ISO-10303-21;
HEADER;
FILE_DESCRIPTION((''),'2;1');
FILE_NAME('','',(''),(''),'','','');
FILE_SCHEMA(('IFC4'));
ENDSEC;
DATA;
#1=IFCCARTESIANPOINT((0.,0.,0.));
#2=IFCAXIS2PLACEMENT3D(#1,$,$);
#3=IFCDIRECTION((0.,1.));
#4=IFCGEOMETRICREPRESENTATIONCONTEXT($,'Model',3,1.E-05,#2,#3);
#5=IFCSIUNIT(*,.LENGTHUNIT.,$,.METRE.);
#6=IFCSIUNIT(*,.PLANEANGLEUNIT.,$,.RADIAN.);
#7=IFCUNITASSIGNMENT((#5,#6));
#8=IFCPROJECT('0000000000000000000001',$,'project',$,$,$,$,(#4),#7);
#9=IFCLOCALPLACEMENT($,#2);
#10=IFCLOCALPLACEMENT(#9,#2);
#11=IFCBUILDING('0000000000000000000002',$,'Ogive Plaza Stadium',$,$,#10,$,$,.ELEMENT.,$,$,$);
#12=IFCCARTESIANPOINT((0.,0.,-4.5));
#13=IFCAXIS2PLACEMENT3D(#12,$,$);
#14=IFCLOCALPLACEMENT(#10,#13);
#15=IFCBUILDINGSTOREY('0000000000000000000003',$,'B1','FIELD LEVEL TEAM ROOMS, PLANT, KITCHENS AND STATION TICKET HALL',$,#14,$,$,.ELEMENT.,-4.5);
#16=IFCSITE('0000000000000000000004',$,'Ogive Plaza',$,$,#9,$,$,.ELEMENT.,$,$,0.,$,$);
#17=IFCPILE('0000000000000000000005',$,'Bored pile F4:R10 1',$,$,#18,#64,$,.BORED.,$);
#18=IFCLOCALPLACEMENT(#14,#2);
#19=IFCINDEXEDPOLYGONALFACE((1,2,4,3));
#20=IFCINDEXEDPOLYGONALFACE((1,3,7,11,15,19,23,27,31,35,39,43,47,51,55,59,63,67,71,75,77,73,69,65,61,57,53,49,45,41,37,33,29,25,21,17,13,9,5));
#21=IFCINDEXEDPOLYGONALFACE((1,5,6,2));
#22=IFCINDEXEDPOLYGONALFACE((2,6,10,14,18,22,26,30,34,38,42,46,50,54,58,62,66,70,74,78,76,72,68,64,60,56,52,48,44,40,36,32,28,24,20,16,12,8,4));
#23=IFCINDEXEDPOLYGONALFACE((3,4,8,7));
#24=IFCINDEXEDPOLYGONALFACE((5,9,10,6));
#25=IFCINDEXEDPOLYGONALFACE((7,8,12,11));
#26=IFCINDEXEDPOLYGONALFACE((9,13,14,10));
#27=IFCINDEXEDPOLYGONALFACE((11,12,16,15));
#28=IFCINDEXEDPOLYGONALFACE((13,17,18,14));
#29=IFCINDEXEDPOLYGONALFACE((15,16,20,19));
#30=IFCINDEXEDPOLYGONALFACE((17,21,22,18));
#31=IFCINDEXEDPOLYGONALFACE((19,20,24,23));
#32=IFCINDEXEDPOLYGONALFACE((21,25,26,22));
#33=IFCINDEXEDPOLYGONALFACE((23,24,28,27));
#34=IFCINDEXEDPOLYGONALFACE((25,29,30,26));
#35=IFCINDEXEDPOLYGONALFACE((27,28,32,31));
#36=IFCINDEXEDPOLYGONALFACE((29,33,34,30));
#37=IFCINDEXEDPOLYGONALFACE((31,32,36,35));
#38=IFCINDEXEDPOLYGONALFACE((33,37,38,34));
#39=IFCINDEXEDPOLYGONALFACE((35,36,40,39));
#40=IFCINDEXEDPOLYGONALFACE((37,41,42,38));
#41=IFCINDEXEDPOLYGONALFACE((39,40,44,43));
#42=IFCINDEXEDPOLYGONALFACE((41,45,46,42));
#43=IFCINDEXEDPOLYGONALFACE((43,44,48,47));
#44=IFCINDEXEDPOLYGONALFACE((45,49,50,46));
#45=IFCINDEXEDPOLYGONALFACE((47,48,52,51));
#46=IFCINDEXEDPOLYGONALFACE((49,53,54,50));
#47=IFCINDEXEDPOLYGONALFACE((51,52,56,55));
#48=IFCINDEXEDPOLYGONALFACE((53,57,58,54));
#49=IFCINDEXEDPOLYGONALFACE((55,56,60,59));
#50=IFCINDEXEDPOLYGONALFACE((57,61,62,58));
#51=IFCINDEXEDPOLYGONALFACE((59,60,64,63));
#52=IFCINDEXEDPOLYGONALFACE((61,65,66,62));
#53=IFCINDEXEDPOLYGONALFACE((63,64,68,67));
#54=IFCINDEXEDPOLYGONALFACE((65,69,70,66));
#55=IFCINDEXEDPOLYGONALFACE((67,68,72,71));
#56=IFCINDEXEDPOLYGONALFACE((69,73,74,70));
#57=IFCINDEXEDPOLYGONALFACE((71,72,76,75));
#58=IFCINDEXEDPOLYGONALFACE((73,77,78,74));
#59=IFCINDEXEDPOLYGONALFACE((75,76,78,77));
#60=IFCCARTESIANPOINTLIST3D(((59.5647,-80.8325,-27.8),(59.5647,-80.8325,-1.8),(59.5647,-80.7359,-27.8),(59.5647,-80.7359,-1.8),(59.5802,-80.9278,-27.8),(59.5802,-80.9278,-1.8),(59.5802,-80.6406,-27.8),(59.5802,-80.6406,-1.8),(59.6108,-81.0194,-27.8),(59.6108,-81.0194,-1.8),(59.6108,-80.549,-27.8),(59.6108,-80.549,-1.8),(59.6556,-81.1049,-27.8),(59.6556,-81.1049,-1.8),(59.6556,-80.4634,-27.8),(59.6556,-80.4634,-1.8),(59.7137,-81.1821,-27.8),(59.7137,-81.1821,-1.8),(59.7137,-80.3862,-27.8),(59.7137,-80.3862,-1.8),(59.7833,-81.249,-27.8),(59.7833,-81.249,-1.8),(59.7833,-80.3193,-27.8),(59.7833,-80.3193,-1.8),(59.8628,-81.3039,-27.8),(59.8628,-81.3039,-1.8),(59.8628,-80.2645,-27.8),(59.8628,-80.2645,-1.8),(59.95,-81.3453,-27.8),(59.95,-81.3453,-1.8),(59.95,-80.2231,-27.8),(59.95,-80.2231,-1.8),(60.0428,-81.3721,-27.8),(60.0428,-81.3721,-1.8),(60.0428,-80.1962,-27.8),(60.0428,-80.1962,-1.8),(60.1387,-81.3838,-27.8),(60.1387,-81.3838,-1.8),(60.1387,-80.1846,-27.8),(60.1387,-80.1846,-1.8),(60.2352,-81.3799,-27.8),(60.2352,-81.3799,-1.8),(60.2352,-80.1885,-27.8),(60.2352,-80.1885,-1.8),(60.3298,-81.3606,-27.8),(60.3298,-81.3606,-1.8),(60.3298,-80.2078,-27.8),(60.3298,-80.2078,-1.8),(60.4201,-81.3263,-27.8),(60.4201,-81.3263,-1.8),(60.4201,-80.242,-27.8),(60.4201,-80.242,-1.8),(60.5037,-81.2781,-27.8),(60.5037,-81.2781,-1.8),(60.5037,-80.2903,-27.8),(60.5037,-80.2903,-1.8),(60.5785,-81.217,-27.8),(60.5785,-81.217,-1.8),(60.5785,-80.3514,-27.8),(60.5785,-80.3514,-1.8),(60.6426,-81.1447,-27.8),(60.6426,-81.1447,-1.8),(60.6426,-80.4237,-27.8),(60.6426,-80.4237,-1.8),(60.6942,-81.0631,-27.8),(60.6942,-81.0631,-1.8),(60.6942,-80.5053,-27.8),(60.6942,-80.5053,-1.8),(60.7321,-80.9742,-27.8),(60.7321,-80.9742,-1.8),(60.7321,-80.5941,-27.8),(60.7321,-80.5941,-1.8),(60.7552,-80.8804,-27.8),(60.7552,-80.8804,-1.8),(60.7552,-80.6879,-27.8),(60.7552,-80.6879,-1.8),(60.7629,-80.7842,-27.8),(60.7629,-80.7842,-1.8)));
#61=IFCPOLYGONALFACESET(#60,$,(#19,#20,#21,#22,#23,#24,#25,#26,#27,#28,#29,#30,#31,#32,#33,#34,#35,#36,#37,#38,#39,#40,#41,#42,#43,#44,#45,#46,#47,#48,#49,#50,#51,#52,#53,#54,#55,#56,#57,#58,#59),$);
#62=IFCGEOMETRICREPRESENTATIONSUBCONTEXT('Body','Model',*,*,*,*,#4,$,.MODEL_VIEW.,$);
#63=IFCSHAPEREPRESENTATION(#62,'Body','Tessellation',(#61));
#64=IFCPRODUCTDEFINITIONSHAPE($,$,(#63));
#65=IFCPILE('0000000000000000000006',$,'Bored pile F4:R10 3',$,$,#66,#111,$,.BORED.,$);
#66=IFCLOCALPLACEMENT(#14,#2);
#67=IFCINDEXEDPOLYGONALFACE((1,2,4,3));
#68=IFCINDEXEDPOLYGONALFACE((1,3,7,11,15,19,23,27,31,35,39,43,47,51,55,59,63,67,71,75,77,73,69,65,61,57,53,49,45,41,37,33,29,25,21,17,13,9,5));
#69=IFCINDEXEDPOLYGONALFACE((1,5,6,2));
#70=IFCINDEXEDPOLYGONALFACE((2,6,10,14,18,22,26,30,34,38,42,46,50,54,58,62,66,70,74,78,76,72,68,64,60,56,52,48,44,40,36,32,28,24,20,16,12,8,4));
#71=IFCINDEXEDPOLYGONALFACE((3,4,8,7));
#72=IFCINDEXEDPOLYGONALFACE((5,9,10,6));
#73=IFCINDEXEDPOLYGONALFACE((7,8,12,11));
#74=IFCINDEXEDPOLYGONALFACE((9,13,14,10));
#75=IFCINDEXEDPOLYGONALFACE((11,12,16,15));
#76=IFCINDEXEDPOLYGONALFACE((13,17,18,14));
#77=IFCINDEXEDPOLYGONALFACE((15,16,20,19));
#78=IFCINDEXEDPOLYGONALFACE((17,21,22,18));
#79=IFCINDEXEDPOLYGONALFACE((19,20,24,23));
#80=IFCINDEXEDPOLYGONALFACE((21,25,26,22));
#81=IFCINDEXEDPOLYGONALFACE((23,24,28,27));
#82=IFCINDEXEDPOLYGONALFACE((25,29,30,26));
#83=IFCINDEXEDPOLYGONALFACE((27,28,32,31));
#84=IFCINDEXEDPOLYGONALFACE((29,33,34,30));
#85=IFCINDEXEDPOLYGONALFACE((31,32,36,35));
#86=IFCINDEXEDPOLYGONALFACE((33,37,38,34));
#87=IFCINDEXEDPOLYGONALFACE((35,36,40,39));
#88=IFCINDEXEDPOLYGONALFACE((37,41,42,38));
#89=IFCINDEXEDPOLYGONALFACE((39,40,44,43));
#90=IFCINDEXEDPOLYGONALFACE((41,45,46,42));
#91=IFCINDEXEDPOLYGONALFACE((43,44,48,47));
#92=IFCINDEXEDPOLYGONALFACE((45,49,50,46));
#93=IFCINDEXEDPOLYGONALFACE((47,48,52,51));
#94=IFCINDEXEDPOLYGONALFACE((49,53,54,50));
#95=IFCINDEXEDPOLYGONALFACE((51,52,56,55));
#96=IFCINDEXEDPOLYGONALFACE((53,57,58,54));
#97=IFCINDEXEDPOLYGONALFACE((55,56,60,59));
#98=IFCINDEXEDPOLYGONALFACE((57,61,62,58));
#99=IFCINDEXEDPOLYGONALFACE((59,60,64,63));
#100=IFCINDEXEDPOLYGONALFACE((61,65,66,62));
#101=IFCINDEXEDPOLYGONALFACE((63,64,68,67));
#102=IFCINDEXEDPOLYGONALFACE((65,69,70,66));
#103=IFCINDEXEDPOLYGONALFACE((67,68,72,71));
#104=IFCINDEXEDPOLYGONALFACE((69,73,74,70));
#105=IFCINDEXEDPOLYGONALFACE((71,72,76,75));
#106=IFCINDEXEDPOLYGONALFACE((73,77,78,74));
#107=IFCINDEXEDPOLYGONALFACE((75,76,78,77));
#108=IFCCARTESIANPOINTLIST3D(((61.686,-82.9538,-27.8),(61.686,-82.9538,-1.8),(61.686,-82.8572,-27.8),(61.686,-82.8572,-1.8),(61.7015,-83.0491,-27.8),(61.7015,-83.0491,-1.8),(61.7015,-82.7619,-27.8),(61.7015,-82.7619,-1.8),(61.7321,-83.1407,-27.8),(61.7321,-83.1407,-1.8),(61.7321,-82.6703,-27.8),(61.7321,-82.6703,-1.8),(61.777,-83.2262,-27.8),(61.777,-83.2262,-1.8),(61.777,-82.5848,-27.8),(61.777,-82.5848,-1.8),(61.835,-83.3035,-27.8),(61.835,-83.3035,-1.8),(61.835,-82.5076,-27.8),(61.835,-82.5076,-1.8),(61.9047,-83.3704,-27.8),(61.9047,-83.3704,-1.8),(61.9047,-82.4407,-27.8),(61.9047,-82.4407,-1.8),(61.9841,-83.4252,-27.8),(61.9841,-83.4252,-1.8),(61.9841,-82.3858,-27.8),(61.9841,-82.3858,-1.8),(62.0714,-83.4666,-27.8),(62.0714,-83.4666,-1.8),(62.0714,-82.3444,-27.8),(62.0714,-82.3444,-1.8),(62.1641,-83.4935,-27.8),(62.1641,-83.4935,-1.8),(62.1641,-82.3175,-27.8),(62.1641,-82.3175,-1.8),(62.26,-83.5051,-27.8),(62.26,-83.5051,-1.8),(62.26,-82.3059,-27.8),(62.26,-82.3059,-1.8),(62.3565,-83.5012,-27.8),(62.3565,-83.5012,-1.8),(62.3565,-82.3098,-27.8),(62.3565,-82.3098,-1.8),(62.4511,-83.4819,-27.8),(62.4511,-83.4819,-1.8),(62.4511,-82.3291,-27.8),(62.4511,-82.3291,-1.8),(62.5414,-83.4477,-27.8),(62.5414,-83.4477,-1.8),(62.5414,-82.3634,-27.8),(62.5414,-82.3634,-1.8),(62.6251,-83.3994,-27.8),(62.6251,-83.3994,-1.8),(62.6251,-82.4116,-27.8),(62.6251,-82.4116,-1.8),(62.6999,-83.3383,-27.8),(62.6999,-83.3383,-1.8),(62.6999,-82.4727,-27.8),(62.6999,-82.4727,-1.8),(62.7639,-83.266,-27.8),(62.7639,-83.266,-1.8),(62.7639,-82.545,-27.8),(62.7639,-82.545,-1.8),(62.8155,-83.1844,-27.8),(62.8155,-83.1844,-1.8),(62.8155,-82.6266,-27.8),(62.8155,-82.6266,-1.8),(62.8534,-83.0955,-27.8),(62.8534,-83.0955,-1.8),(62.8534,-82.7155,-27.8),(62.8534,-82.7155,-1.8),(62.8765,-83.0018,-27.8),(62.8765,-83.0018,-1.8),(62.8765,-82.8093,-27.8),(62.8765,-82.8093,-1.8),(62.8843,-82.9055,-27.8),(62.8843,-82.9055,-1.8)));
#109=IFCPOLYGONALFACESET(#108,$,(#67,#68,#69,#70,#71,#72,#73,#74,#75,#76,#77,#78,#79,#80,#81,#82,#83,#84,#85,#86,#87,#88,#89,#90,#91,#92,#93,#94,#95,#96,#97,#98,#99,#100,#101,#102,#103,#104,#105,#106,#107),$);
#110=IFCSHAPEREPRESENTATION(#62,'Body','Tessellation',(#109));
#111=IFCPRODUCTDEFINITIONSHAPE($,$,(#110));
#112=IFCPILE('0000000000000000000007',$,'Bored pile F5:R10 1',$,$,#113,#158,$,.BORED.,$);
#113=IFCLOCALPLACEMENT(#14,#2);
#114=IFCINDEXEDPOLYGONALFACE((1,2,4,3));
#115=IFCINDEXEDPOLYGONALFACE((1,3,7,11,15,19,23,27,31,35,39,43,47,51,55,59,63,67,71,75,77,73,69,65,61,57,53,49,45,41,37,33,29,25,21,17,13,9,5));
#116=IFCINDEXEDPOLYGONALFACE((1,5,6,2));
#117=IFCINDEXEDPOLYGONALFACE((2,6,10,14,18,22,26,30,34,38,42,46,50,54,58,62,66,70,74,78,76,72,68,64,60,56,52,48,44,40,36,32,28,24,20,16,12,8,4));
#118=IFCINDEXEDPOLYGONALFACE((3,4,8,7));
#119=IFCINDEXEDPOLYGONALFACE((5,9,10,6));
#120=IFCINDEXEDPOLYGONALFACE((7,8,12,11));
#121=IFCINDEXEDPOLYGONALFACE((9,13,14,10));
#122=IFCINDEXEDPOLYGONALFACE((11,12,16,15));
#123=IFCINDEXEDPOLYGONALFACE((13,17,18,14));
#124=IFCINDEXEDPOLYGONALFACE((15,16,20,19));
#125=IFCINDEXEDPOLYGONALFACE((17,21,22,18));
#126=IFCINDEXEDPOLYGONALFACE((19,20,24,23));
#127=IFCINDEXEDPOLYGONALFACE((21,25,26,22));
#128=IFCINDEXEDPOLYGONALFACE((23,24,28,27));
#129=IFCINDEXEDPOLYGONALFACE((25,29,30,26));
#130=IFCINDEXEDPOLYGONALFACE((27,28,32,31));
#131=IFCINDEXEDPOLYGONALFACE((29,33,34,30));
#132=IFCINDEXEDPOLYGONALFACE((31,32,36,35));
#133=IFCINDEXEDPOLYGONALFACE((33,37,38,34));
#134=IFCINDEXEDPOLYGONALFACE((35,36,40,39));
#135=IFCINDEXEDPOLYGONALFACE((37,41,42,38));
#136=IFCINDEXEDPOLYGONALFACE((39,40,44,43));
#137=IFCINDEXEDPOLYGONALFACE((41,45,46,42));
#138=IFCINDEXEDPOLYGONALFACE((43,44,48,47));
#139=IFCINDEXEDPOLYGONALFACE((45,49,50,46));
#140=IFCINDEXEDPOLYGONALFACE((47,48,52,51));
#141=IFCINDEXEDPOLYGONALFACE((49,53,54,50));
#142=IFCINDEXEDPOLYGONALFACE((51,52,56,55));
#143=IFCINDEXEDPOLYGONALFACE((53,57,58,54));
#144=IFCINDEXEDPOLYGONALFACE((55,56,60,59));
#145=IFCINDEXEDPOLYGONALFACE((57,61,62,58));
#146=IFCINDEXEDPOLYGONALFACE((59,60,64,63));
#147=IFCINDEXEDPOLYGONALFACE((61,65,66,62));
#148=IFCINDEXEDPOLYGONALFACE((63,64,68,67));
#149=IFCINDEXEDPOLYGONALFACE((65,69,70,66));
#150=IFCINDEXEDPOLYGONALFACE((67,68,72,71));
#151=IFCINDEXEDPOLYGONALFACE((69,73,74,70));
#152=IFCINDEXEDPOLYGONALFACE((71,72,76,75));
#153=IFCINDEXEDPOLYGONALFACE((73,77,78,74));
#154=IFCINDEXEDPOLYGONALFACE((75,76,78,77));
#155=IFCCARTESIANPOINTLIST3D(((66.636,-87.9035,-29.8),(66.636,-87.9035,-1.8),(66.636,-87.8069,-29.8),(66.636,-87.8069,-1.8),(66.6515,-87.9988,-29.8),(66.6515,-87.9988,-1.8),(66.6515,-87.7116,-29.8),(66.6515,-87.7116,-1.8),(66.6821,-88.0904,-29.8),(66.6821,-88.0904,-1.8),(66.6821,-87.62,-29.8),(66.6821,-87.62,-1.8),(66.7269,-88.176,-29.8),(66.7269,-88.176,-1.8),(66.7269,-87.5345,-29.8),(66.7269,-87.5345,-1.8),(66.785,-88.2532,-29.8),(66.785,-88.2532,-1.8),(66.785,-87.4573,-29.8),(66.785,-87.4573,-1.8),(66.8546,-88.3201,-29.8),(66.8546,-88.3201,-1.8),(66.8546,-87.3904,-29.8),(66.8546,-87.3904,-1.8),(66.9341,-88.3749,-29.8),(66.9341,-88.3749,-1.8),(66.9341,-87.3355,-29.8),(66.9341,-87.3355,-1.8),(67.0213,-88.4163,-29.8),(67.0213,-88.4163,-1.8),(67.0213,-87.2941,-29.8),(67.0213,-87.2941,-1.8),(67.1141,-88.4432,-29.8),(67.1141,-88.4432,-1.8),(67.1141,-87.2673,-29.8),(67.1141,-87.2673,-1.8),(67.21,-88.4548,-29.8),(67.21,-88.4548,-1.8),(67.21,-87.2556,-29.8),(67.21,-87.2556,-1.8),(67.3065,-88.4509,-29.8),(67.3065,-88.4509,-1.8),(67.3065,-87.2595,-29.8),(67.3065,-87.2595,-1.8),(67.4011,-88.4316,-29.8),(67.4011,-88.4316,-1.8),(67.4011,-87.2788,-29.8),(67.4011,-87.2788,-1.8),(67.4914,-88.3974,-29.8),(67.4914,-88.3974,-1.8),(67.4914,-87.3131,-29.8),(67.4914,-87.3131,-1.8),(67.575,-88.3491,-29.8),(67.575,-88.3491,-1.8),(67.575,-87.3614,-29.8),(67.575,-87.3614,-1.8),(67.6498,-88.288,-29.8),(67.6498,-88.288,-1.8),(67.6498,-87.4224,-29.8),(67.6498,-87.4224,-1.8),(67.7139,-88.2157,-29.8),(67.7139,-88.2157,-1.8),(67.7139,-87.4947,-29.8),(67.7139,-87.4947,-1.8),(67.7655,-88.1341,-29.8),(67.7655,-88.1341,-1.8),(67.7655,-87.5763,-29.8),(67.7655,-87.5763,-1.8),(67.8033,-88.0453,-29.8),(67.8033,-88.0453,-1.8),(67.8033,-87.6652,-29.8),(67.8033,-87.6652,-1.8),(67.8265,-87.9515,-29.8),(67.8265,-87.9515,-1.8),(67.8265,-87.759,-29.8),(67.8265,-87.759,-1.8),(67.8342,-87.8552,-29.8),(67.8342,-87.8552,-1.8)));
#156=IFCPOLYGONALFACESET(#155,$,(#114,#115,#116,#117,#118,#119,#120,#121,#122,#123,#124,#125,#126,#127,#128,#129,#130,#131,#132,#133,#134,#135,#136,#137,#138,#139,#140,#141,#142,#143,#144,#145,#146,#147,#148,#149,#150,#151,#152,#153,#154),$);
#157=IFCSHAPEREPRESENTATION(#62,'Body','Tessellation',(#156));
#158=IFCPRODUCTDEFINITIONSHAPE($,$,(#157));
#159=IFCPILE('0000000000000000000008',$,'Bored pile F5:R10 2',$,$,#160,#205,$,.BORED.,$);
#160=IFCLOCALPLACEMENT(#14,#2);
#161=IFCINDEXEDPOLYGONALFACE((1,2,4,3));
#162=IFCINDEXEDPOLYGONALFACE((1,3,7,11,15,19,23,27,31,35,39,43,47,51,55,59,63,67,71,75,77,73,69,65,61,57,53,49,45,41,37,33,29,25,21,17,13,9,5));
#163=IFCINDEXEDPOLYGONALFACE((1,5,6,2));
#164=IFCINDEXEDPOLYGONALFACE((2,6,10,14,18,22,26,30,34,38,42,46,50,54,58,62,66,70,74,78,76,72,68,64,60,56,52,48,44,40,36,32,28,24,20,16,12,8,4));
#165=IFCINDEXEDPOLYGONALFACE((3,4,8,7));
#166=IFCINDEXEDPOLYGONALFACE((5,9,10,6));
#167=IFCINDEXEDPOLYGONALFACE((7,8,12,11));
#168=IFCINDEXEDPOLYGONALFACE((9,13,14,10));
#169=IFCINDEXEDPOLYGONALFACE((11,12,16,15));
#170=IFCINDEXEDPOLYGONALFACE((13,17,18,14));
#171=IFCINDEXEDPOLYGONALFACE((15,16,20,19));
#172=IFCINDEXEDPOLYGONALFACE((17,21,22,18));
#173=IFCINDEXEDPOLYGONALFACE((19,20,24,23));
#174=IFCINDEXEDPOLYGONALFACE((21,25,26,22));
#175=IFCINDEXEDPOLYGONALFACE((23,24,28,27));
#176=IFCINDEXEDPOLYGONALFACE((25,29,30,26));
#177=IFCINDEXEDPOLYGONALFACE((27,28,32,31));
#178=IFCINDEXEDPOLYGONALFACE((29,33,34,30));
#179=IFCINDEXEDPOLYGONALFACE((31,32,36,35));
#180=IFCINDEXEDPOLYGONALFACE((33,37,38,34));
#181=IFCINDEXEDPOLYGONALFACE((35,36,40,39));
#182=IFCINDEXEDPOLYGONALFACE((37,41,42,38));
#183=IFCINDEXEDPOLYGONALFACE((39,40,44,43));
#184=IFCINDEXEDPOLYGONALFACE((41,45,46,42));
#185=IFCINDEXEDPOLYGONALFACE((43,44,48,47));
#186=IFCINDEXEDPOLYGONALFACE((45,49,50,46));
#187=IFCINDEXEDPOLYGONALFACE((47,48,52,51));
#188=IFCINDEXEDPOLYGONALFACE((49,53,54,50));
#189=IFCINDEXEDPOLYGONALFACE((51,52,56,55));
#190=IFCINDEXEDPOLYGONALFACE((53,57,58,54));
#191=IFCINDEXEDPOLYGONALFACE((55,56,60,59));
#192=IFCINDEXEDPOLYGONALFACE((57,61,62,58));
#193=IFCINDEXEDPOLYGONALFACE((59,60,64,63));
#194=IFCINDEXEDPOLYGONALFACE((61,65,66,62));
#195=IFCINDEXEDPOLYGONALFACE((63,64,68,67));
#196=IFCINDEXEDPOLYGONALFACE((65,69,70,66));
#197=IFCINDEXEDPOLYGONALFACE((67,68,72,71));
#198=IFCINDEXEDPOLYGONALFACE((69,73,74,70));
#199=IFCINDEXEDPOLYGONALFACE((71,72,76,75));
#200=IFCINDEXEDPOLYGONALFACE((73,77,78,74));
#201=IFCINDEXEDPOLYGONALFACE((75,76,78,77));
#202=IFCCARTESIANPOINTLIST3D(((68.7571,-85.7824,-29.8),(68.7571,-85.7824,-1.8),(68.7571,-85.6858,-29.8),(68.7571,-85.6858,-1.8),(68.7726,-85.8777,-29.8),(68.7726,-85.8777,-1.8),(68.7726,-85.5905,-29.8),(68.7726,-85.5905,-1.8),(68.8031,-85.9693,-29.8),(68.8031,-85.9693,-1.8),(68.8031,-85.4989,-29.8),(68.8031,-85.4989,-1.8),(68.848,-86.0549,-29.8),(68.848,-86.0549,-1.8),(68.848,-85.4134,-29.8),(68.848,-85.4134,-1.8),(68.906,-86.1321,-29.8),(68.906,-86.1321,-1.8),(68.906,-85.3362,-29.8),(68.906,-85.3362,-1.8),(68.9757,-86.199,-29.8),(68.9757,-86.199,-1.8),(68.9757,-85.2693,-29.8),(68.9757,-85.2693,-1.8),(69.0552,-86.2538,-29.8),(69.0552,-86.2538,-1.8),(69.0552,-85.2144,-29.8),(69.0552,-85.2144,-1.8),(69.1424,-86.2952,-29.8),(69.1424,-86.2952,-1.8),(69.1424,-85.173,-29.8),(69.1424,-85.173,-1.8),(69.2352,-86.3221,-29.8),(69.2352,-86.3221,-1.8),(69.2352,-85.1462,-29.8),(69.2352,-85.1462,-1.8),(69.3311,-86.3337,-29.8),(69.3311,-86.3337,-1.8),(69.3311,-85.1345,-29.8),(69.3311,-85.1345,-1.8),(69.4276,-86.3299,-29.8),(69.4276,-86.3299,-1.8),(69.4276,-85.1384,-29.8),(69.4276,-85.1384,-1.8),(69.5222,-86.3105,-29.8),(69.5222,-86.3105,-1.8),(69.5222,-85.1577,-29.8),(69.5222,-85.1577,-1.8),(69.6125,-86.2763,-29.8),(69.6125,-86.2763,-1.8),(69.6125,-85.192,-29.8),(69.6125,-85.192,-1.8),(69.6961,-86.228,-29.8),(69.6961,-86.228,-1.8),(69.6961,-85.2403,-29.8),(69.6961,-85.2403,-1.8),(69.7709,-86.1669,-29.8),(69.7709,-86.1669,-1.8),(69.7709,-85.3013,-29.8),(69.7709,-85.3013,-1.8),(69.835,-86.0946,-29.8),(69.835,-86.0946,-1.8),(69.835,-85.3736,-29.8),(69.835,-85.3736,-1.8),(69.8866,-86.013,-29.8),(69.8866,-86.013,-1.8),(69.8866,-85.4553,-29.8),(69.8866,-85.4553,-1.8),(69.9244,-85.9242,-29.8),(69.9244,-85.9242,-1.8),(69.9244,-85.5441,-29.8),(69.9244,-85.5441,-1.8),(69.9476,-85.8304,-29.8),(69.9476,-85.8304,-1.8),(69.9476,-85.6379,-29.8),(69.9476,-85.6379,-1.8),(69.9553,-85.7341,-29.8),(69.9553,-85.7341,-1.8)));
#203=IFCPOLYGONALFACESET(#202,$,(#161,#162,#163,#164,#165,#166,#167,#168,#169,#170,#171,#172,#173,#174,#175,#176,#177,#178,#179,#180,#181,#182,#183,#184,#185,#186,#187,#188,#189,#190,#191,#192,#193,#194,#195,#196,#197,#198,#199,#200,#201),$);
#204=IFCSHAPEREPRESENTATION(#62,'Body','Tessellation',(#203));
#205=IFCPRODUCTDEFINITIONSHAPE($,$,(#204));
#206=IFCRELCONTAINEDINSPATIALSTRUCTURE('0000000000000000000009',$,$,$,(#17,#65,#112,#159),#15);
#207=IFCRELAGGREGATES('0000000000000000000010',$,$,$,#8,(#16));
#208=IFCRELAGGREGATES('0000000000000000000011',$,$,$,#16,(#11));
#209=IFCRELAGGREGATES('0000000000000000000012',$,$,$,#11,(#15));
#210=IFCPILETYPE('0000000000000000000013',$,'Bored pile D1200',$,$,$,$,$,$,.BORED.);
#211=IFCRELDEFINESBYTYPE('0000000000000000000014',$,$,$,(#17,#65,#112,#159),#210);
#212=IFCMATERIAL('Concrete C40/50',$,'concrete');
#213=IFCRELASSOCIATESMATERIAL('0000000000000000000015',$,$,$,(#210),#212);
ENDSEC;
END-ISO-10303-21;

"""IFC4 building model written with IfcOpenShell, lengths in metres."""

from ifc_helpers import new_model, si_unit, direction, frame, origin, origin_2d, place, context, subcontext, project, spatial, circle, extrude, material, material_profile, profile_set, type_object, element, save


model = new_model("IFC4")

# Units and contexts
model_context = context("Model", 3, precision=1e-05, world=origin(), true_north=direction((0.0, 1.0)))
body_context = subcontext(model_context, "Body", "Model", "MODEL_VIEW")
ifc_project = project(units=[si_unit("LENGTHUNIT", "METRE"), si_unit("PLANEANGLEUNIT", "RADIAN")], contexts=[model_context])

# Site, building, storey
site_placement = place(None, origin())
site = spatial("IfcSite", under=ifc_project, at=site_placement, Name="Ogive Plaza", CompositionType="ELEMENT", RefElevation=0.0)
building_placement = place(site_placement, origin())
building = spatial("IfcBuilding", under=site, at=building_placement, Name="Ogive Plaza Stadium", CompositionType="ELEMENT")
storey_placement = place(building_placement, frame((0.0, 0.0, -4.5)))
storey = spatial("IfcBuildingStorey", under=building, at=storey_placement, Name="B1", Description="FIELD LEVEL TEAM ROOMS, PLANT, KITCHENS AND STATION TICKET HALL", CompositionType="ELEMENT", Elevation=-4.5)

# Piles
ifc_material_1 = material(Name="Concrete C40/50", Category="concrete")
ifc_material_profile_1 = material_profile(ifc_material_1, circle(Radius=0.6001, at=origin_2d()), Name="RC D1200")
ifc_profile_set_1 = profile_set([ifc_material_profile_1], Name="Concrete C40/50")
pile_type_1 = type_object("IfcPileType", Name="Bored pile D1200", PredefinedType="BORED", material=ifc_profile_set_1)
for number, where, z_axis, x_axis, name in (
    (1, (60.1628, -80.7842, -1.8), (0.0, 0.0, -1.0), (1.0, 0.0, 0.0), "Bored pile F4:R10 1"),
    (2, (62.2842, -82.9055, -1.8), (0.0, 0.0, -1.0), (1.0, 0.0, 0.0), "Bored pile F4:R10 3"),
):
    element("IfcPile", number, at=place(storey_placement, frame(where, z_axis=z_axis, x_axis=x_axis)), inside=storey, type_object=pile_type_1, Name=name, PredefinedType="BORED", context=body_context, shape_type="SweptSolid", body=[
        extrude(circle(Radius=0.6001, at=origin_2d()), origin(), (0.0, 0.0, 1.0), 26.0),
    ])
for number, where, z_axis, x_axis, name in (
    (3, (67.2341, -87.8552, -1.8), (0.0, 0.0, -1.0), (1.0, 0.0, 0.0), "Bored pile F5:R10 1"),
    (4, (69.3552, -85.7341, -1.8), (0.0, 0.0, -1.0), (1.0, 0.0, 0.0), "Bored pile F5:R10 2"),
):
    element("IfcPile", number, at=place(storey_placement, frame(where, z_axis=z_axis, x_axis=x_axis)), inside=storey, type_object=pile_type_1, Name=name, PredefinedType="BORED", context=body_context, shape_type="SweptSolid", body=[
        extrude(circle(Radius=0.6001, at=origin_2d()), origin(), (0.0, 0.0, 1.0), 28.0),
    ])

save(model, "model.ifc")
